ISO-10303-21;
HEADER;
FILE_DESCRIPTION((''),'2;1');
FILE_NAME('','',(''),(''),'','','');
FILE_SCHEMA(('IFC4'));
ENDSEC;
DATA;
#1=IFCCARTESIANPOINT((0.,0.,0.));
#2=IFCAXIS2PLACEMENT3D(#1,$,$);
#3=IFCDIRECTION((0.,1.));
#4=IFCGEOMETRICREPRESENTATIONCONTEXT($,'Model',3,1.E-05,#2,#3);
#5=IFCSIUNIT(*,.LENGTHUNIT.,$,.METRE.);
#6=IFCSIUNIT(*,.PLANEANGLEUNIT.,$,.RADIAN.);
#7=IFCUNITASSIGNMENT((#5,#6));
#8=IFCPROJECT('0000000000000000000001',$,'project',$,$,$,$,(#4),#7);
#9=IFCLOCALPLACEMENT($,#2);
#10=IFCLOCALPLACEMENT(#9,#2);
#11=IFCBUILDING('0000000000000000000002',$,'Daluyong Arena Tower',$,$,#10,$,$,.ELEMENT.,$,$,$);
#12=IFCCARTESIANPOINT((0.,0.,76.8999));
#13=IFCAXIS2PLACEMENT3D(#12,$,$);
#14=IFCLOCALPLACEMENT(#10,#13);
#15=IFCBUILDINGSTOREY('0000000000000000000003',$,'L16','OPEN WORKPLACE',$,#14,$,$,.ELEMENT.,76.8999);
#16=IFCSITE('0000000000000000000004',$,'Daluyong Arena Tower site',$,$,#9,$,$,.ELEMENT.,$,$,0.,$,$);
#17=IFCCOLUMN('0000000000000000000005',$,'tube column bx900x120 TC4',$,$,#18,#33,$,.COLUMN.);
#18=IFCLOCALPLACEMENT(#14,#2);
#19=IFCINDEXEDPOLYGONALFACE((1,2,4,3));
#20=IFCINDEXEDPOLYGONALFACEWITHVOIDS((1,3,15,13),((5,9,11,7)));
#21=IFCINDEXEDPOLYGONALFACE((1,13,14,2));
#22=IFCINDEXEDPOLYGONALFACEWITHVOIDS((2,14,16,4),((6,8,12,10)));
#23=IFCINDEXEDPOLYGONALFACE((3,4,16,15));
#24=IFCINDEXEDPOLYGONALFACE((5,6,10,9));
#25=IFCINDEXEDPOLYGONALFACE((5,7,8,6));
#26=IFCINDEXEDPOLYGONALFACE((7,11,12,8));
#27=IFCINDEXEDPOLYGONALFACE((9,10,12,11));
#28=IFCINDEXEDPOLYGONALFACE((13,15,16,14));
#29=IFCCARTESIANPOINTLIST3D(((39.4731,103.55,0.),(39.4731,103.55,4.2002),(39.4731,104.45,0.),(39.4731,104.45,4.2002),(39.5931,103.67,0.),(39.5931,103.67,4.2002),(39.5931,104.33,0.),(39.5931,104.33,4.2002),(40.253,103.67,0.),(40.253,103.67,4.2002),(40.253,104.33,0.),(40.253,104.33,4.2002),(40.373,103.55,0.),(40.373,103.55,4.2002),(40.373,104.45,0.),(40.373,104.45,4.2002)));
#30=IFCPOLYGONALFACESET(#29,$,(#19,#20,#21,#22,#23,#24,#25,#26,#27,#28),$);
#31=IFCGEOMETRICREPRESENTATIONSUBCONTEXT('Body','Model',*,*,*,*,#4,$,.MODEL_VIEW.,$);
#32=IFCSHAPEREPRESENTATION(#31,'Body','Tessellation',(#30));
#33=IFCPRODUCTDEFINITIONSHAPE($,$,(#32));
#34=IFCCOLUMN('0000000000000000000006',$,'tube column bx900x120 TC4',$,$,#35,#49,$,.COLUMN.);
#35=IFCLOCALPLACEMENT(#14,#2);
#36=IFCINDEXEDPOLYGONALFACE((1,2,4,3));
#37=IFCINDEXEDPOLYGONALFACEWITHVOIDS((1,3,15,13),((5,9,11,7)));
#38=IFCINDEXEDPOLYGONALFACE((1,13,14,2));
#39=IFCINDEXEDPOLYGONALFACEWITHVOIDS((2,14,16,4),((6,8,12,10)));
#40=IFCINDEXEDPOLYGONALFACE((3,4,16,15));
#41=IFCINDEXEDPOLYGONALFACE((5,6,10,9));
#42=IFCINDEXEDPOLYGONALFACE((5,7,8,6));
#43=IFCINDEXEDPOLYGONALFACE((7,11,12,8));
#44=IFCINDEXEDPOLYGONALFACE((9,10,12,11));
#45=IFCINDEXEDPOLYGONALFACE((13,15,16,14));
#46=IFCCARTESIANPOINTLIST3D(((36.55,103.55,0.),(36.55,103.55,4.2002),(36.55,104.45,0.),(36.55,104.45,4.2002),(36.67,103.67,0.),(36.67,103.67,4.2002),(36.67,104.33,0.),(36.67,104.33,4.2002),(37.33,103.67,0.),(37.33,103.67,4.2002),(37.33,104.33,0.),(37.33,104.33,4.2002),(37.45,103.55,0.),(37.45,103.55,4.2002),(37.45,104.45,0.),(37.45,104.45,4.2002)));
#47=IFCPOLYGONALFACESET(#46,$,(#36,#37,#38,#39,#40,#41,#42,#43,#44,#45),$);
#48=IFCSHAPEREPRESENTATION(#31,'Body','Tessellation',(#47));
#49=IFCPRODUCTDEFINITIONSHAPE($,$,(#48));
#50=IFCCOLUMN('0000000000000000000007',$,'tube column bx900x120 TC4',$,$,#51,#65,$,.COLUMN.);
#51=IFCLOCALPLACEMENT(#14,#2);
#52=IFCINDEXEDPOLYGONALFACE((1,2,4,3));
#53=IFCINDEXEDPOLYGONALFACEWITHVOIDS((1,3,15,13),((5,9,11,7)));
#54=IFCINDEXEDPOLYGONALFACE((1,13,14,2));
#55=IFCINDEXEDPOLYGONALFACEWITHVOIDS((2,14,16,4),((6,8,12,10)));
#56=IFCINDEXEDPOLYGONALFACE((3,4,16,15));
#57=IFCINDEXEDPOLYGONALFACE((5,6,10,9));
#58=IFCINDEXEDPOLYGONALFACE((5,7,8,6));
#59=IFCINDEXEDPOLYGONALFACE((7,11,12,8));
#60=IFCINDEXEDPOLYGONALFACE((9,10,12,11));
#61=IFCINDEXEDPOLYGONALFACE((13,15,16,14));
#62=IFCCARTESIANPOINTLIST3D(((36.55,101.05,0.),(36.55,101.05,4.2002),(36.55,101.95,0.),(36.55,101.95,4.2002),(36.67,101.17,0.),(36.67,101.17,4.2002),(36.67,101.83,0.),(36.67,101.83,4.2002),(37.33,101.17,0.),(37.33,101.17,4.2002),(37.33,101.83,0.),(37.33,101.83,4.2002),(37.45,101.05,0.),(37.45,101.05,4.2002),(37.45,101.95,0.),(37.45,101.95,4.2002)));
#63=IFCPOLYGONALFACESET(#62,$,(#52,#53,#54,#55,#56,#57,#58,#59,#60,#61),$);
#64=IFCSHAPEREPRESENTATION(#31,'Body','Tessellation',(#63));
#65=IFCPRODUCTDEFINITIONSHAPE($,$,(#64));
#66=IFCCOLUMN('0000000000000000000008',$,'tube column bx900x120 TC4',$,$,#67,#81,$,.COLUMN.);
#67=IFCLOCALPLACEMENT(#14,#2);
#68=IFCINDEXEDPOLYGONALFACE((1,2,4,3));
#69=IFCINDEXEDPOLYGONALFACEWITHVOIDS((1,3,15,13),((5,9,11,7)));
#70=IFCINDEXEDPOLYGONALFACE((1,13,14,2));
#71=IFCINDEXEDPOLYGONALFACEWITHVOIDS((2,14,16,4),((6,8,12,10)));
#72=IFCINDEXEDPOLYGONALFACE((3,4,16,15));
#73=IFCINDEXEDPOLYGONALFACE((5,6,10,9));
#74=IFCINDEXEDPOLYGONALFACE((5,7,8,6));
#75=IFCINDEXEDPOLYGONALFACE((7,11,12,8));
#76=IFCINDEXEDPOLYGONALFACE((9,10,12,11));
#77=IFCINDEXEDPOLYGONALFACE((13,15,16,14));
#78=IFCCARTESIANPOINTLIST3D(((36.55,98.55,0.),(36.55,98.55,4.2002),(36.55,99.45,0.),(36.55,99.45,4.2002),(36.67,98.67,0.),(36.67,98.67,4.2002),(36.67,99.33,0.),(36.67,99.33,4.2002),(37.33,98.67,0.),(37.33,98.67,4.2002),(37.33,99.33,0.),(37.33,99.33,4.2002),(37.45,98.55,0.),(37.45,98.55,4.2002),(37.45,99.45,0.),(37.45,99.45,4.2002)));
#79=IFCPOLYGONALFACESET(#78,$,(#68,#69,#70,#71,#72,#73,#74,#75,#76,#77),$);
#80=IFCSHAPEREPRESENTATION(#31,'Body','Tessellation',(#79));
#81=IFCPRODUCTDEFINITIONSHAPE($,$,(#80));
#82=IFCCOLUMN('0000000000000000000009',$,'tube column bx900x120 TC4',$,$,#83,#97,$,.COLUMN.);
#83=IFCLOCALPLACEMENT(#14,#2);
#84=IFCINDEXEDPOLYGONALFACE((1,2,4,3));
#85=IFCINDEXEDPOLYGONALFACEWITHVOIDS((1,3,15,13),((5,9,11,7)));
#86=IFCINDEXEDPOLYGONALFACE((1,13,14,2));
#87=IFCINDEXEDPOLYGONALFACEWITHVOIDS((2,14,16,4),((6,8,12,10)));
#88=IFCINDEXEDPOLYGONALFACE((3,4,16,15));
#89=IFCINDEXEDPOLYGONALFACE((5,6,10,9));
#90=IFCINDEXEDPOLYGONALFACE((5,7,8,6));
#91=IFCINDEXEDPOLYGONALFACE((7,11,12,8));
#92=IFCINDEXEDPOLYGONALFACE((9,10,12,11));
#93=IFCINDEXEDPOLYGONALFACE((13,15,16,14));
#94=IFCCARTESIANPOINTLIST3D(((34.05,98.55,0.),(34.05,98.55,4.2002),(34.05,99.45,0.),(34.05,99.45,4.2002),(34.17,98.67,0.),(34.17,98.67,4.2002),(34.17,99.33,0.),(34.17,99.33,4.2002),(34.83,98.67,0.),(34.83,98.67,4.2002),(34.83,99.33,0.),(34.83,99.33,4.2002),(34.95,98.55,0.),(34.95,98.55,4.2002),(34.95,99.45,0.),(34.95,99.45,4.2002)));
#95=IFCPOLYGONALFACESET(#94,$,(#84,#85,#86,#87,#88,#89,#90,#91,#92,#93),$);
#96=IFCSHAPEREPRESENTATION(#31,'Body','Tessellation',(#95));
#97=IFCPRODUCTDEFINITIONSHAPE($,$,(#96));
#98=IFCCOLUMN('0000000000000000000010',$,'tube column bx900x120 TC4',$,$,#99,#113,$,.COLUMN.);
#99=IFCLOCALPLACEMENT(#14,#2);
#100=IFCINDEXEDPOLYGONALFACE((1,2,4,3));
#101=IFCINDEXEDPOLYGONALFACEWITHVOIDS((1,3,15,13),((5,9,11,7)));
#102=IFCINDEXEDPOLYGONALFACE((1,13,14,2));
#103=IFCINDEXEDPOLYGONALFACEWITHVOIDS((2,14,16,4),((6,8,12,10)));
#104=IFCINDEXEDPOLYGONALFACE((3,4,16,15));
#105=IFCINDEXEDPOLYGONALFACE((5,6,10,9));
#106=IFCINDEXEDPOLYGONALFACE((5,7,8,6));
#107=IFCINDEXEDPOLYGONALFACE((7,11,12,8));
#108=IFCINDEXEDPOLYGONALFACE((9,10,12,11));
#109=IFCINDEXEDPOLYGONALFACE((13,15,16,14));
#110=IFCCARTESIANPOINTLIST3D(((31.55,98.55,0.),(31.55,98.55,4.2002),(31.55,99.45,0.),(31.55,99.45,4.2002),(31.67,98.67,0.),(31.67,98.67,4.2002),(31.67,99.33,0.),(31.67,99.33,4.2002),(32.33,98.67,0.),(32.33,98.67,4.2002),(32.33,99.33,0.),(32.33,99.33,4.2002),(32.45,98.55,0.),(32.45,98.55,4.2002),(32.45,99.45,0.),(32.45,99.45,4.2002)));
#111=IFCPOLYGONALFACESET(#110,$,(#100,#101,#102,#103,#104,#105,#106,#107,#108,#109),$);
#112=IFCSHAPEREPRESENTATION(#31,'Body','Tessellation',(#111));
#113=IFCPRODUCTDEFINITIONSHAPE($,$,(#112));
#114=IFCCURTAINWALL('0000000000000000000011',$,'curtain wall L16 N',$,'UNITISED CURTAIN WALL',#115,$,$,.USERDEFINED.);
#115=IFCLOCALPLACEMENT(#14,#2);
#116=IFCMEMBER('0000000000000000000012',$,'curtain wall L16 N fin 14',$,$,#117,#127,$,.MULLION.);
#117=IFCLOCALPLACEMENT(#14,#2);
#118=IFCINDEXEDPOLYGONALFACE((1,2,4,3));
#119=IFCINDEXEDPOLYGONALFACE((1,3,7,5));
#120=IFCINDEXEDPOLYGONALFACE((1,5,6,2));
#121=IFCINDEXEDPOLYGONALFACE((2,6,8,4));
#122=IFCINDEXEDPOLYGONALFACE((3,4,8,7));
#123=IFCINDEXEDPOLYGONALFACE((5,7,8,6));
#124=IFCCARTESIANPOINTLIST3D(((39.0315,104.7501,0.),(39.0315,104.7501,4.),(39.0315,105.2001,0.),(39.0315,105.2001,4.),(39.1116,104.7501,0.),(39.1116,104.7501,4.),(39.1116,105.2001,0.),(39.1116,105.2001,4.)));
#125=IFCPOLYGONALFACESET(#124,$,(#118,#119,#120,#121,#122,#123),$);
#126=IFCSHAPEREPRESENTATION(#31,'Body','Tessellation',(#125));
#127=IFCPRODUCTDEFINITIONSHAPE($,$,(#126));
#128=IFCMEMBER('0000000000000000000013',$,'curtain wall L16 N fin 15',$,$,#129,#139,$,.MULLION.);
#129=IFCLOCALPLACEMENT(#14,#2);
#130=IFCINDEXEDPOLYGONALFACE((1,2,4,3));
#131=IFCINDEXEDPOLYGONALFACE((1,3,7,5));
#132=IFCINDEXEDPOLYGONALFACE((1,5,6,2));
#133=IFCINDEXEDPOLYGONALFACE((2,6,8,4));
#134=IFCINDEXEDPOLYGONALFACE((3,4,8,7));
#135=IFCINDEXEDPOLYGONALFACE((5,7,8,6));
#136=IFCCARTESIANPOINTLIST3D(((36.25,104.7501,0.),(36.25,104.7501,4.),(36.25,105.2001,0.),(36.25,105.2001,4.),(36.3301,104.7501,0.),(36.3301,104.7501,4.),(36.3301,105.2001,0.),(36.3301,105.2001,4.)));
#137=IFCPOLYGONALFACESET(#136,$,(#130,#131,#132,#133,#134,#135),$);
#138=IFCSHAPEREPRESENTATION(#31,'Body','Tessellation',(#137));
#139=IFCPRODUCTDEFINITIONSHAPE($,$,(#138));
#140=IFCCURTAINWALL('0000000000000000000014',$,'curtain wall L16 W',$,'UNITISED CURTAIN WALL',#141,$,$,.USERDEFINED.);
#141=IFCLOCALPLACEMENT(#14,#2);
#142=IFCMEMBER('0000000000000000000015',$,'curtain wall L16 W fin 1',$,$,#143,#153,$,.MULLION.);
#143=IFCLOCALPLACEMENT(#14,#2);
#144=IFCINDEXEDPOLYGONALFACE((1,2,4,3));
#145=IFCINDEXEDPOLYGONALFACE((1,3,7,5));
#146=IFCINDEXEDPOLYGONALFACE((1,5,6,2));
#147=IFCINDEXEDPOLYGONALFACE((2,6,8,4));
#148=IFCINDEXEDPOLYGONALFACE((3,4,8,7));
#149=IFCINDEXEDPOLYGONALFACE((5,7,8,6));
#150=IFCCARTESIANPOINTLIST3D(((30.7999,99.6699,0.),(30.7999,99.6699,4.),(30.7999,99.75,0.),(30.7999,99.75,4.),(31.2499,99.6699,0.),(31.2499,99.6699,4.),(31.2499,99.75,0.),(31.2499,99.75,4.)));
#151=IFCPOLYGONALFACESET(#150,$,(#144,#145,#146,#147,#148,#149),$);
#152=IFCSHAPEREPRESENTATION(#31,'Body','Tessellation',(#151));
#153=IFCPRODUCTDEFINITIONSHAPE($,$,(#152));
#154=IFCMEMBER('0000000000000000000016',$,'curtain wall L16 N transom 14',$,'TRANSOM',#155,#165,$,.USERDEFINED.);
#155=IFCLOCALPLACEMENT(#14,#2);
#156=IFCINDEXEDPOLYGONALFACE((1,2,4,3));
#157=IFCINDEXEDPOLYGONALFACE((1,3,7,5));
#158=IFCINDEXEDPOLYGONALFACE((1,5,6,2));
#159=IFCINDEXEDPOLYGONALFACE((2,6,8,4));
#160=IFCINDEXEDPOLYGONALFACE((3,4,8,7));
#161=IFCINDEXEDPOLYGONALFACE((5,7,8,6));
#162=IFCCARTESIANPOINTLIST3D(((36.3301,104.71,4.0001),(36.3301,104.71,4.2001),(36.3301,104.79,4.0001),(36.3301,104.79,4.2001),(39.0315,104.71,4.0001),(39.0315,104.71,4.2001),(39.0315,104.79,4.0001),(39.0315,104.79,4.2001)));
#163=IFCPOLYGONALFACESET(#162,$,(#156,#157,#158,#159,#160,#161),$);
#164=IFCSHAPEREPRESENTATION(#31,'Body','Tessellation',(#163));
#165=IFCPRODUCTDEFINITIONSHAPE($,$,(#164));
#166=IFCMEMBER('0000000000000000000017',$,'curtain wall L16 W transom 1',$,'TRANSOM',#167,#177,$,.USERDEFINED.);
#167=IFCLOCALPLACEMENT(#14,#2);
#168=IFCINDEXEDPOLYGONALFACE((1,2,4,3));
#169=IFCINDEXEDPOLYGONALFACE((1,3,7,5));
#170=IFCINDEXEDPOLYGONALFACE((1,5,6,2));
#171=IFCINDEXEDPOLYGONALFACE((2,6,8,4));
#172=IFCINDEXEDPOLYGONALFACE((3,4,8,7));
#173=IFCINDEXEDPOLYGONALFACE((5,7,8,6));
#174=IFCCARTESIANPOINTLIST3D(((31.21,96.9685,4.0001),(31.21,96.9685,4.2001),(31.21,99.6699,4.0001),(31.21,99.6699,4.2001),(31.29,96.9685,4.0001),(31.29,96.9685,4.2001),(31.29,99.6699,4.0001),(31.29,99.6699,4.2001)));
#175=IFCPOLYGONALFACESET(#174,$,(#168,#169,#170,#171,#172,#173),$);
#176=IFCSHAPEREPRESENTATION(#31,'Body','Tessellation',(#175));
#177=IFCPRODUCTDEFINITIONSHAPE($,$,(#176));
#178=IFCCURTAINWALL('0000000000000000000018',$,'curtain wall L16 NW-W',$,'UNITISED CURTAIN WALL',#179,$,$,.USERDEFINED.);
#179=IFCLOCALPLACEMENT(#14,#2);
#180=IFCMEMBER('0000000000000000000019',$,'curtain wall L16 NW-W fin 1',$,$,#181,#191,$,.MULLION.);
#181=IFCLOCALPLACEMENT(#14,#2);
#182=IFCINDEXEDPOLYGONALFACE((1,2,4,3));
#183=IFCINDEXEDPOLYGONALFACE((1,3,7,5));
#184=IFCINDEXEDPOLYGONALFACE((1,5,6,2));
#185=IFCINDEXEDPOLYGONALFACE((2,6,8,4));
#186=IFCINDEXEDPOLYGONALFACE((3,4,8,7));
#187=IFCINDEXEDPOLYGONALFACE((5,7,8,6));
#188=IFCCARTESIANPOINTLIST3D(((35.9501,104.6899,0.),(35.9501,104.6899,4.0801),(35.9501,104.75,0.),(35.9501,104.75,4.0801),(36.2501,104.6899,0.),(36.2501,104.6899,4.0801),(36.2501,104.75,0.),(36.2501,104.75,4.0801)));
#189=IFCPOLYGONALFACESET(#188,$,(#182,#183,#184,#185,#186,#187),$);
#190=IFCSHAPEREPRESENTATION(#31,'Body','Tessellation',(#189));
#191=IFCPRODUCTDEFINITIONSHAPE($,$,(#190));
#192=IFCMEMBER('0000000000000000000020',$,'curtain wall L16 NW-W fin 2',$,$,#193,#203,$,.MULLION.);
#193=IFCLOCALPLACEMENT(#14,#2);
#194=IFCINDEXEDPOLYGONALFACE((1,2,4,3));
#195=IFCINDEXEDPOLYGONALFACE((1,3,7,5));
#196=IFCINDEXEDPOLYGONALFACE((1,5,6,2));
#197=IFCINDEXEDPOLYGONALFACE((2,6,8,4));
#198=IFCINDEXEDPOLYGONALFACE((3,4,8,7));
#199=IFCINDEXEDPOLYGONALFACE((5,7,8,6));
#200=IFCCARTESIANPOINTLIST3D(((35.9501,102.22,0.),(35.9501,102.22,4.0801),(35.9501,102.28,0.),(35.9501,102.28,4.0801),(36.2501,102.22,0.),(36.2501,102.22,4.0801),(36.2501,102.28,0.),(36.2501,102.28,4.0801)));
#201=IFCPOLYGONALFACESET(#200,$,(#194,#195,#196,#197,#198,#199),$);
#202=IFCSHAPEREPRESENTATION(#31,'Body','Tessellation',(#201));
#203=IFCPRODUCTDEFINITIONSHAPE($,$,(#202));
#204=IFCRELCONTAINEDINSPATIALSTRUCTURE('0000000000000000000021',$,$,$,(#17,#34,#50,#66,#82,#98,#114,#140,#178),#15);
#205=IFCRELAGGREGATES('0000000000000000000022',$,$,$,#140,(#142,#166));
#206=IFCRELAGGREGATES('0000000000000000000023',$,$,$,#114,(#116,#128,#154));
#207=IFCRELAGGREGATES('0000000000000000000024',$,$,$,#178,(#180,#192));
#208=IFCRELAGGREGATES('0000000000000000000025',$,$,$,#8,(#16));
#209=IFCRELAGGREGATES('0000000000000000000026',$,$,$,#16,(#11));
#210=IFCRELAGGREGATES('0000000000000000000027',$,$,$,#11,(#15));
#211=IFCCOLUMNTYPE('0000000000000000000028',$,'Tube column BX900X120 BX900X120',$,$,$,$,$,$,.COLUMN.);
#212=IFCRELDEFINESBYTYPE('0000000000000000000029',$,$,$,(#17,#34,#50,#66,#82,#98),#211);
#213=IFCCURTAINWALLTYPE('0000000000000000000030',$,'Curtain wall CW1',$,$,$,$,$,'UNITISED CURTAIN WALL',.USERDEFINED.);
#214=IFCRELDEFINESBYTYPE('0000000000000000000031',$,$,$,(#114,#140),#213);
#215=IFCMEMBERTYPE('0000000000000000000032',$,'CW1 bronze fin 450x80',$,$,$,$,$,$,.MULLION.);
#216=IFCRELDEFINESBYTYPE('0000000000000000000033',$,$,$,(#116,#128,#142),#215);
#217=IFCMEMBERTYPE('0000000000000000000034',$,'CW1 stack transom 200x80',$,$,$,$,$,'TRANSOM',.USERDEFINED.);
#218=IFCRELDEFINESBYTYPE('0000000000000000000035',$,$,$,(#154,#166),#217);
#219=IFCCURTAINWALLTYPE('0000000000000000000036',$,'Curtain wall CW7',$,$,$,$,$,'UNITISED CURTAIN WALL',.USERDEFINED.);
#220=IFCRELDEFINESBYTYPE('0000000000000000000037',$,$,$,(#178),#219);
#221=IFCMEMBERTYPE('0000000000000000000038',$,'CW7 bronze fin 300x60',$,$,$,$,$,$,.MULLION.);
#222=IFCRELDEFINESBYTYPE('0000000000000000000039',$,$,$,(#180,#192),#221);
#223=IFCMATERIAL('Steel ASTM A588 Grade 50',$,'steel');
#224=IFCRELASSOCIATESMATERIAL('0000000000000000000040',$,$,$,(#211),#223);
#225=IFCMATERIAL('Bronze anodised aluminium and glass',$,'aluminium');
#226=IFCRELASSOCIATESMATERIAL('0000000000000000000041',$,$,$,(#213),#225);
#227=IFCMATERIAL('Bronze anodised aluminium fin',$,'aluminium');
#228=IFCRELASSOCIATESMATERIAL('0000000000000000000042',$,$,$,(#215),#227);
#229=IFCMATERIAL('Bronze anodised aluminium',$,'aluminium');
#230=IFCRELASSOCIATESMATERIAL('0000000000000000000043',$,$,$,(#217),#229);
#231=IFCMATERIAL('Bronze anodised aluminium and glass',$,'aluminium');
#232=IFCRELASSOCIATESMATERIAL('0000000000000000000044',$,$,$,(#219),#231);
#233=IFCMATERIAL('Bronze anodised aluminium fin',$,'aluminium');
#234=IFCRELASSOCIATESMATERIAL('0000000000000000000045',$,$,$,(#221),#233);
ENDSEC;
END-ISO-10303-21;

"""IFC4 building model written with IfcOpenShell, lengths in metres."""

from ifc_helpers import new_model, si_unit, direction, frame, origin, origin_2d, place, context, subcontext, project, spatial, rectangle, hollow_rectangle, extrude, material, material_profile, profile_set, type_object, element, aggregate, save


model = new_model("IFC4")

# Units and contexts
model_context = context("Model", 3, precision=1e-05, world=origin(), true_north=direction((0.0, 1.0)))
body_context = subcontext(model_context, "Body", "Model", "MODEL_VIEW")
ifc_project = project(units=[si_unit("LENGTHUNIT", "METRE"), si_unit("PLANEANGLEUNIT", "RADIAN")], contexts=[model_context])

# Site, building, storey
site_placement = place(None, origin())
site = spatial("IfcSite", under=ifc_project, at=site_placement, Name="Daluyong Arena Tower site", CompositionType="ELEMENT", RefElevation=0.0)
building_placement = place(site_placement, origin())
building = spatial("IfcBuilding", under=site, at=building_placement, Name="Daluyong Arena Tower", CompositionType="ELEMENT")
storey_placement = place(building_placement, frame((0.0, 0.0, 76.8999)))
storey = spatial("IfcBuildingStorey", under=building, at=storey_placement, Name="L16", Description="OPEN WORKPLACE", CompositionType="ELEMENT", Elevation=76.8999)

# Columns
ifc_material_1 = material(Name="Steel ASTM A588 Grade 50", Category="steel")
ifc_material_profile_1 = material_profile(ifc_material_1, hollow_rectangle(XDim=0.8999, YDim=0.8999, WallThickness=0.12, at=origin_2d()))
ifc_profile_set_1 = profile_set([ifc_material_profile_1], Name="Steel ASTM A588 Grade 50")
column_type = type_object("IfcColumnType", Name="Tube column BX900X120 BX900X120", PredefinedType="COLUMN", material=ifc_profile_set_1)
for number, where, z_axis, x_axis, name in (
    (1, (39.9231, 104.0, 0.0), (0.0, 0.0, 1.0), (1.0, 0.0, 0.0), "tube column bx900x120 TC4"),
    (2, (37.0, 104.0, 0.0), (0.0, 0.0, 1.0), (0.0, 1.0, 0.0), "tube column bx900x120 TC4"),
    (3, (37.0, 101.5, 0.0), (0.0, 0.0, 1.0), (0.0, 1.0, 0.0), "tube column bx900x120 TC4"),
    (4, (37.0, 99.0, 0.0), (0.0, 0.0, 1.0), (1.0, 0.0, 0.0), "tube column bx900x120 TC4"),
    (5, (34.5, 99.0, 0.0), (0.0, 0.0, 1.0), (1.0, 0.0, 0.0), "tube column bx900x120 TC4"),
    (6, (32.0, 99.0, 0.0), (0.0, 0.0, 1.0), (0.0, 1.0, 0.0), "tube column bx900x120 TC4"),
):
    element("IfcColumn", number, at=place(storey_placement, frame(where, z_axis=z_axis, x_axis=x_axis)), inside=storey, type_object=column_type, Name=name, PredefinedType="COLUMN", context=body_context, shape_type="SweptSolid", body=[
        extrude(hollow_rectangle(XDim=0.8999, YDim=0.8999, WallThickness=0.12, at=origin_2d()), origin(), (0.0, 0.0, 1.0), 4.2002),
    ])

# Curtain wall, members
ifc_material_2 = material(Name="Bronze anodised aluminium and glass", Category="aluminium")
curtain_wall_type_1 = type_object("IfcCurtainWallType", Name="Curtain wall CW1", ElementType="UNITISED CURTAIN WALL", PredefinedType="USERDEFINED", material=ifc_material_2)
curtain_wall_1_placement = place(storey_placement, origin())
curtain_wall_1 = element("IfcCurtainWall", 7, at=curtain_wall_1_placement, inside=storey, type_object=curtain_wall_type_1, Name="curtain wall L16 N", ObjectType="UNITISED CURTAIN WALL", PredefinedType="USERDEFINED")
ifc_material_3 = material(Name="Bronze anodised aluminium fin", Category="aluminium")
ifc_material_profile_2 = material_profile(ifc_material_3, rectangle(XDim=0.45, YDim=0.0801, at=origin_2d()))
ifc_profile_set_2 = profile_set([ifc_material_profile_2], Name="Bronze anodised aluminium fin")
member_type_1 = type_object("IfcMemberType", Name="CW1 bronze fin 450x80", PredefinedType="MULLION", material=ifc_profile_set_2)
member_1_placement = place(storey_placement, frame((39.0715, 104.9751, 0.0), z_axis=(0.0, 0.0, 1.0), x_axis=(0.0, -1.0, 0.0)))
member_1 = element("IfcMember", 8, at=member_1_placement, type_object=member_type_1, Name="curtain wall L16 N fin 14", PredefinedType="MULLION", context=body_context, shape_type="SweptSolid", body=[
    extrude(rectangle(XDim=0.45, YDim=0.0801, at=origin_2d()), origin(), (0.0, 0.0, 1.0), 4.0),
])
member_2_placement = place(storey_placement, frame((36.29, 104.9751, 0.0), z_axis=(0.0, 0.0, 1.0), x_axis=(0.0, -1.0, 0.0)))
member_2 = element("IfcMember", 9, at=member_2_placement, type_object=member_type_1, Name="curtain wall L16 N fin 15", PredefinedType="MULLION", context=body_context, shape_type="SweptSolid", body=[
    extrude(rectangle(XDim=0.45, YDim=0.0801, at=origin_2d()), origin(), (0.0, 0.0, 1.0), 4.0),
])

# Curtain wall, member
curtain_wall_2_placement = place(storey_placement, origin())
curtain_wall_2 = element("IfcCurtainWall", 10, at=curtain_wall_2_placement, inside=storey, type_object=curtain_wall_type_1, Name="curtain wall L16 W", ObjectType="UNITISED CURTAIN WALL", PredefinedType="USERDEFINED")
member_3_placement = place(storey_placement, frame((31.0249, 99.71, 0.0), z_axis=(0.0, 0.0, 1.0), x_axis=(1.0, 0.0, 0.0)))
member_3 = element("IfcMember", 11, at=member_3_placement, type_object=member_type_1, Name="curtain wall L16 W fin 1", PredefinedType="MULLION", context=body_context, shape_type="SweptSolid", body=[
    extrude(rectangle(XDim=0.45, YDim=0.0801, at=origin_2d()), origin(), (0.0, 0.0, 1.0), 4.0),
])

# Members
ifc_material_4 = material(Name="Bronze anodised aluminium", Category="aluminium")
ifc_material_profile_3 = material_profile(ifc_material_4, rectangle(XDim=0.0801, YDim=0.2, at=origin_2d()))
ifc_profile_set_3 = profile_set([ifc_material_profile_3], Name="Bronze anodised aluminium")
member_type_2 = type_object("IfcMemberType", Name="CW1 stack transom 200x80", ElementType="TRANSOM", PredefinedType="USERDEFINED", material=ifc_profile_set_3)
member_4_placement = place(storey_placement, frame((39.0315, 104.75, 4.1001), z_axis=(-1.0, 0.0, 0.0), x_axis=(0.0, -1.0, 0.0)))
member_4 = element("IfcMember", 12, at=member_4_placement, type_object=member_type_2, Name="curtain wall L16 N transom 14", ObjectType="TRANSOM", PredefinedType="USERDEFINED", context=body_context, shape_type="SweptSolid", body=[
    extrude(rectangle(XDim=0.0801, YDim=0.2, at=origin_2d()), origin(), (0.0, 0.0, 1.0), 2.7014),
])
member_5_placement = place(storey_placement, frame((31.25, 99.6699, 4.1001), z_axis=(0.0, -1.0, 0.0), x_axis=(1.0, 0.0, 0.0)))
member_5 = element("IfcMember", 13, at=member_5_placement, type_object=member_type_2, Name="curtain wall L16 W transom 1", ObjectType="TRANSOM", PredefinedType="USERDEFINED", context=body_context, shape_type="SweptSolid", body=[
    extrude(rectangle(XDim=0.0801, YDim=0.2, at=origin_2d()), origin(), (0.0, 0.0, 1.0), 2.7014),
])
aggregate(curtain_wall_2, [member_3, member_5])

# Curtain wall, members
ifc_material_5 = material(Name="Bronze anodised aluminium and glass", Category="aluminium")
curtain_wall_type_2 = type_object("IfcCurtainWallType", Name="Curtain wall CW7", ElementType="UNITISED CURTAIN WALL", PredefinedType="USERDEFINED", material=ifc_material_5)
curtain_wall_3_placement = place(storey_placement, origin())
curtain_wall_3 = element("IfcCurtainWall", 14, at=curtain_wall_3_placement, inside=storey, type_object=curtain_wall_type_2, Name="curtain wall L16 NW-W", ObjectType="UNITISED CURTAIN WALL", PredefinedType="USERDEFINED")
ifc_material_6 = material(Name="Bronze anodised aluminium fin", Category="aluminium")
ifc_material_profile_4 = material_profile(ifc_material_6, rectangle(XDim=0.3, YDim=0.0601, at=origin_2d()))
ifc_profile_set_4 = profile_set([ifc_material_profile_4], Name="Bronze anodised aluminium fin")
member_type_3 = type_object("IfcMemberType", Name="CW7 bronze fin 300x60", PredefinedType="MULLION", material=ifc_profile_set_4)
member_6_placement = place(storey_placement, frame((36.1001, 104.72, 0.0), z_axis=(0.0, 0.0, 1.0), x_axis=(1.0, 0.0, 0.0)))
member_6 = element("IfcMember", 15, at=member_6_placement, type_object=member_type_3, Name="curtain wall L16 NW-W fin 1", PredefinedType="MULLION", context=body_context, shape_type="SweptSolid", body=[
    extrude(rectangle(XDim=0.3, YDim=0.0601, at=origin_2d()), origin(), (0.0, 0.0, 1.0), 4.0801),
])
member_7_placement = place(storey_placement, frame((36.1001, 102.25, 0.0), z_axis=(0.0, 0.0, 1.0), x_axis=(1.0, 0.0, 0.0)))
member_7 = element("IfcMember", 16, at=member_7_placement, type_object=member_type_3, Name="curtain wall L16 NW-W fin 2", PredefinedType="MULLION", context=body_context, shape_type="SweptSolid", body=[
    extrude(rectangle(XDim=0.3, YDim=0.0601, at=origin_2d()), origin(), (0.0, 0.0, 1.0), 4.0801),
])

aggregate(curtain_wall_1, [member_1, member_2, member_4])
aggregate(curtain_wall_3, [member_6, member_7])

save(model, "model.ifc")
